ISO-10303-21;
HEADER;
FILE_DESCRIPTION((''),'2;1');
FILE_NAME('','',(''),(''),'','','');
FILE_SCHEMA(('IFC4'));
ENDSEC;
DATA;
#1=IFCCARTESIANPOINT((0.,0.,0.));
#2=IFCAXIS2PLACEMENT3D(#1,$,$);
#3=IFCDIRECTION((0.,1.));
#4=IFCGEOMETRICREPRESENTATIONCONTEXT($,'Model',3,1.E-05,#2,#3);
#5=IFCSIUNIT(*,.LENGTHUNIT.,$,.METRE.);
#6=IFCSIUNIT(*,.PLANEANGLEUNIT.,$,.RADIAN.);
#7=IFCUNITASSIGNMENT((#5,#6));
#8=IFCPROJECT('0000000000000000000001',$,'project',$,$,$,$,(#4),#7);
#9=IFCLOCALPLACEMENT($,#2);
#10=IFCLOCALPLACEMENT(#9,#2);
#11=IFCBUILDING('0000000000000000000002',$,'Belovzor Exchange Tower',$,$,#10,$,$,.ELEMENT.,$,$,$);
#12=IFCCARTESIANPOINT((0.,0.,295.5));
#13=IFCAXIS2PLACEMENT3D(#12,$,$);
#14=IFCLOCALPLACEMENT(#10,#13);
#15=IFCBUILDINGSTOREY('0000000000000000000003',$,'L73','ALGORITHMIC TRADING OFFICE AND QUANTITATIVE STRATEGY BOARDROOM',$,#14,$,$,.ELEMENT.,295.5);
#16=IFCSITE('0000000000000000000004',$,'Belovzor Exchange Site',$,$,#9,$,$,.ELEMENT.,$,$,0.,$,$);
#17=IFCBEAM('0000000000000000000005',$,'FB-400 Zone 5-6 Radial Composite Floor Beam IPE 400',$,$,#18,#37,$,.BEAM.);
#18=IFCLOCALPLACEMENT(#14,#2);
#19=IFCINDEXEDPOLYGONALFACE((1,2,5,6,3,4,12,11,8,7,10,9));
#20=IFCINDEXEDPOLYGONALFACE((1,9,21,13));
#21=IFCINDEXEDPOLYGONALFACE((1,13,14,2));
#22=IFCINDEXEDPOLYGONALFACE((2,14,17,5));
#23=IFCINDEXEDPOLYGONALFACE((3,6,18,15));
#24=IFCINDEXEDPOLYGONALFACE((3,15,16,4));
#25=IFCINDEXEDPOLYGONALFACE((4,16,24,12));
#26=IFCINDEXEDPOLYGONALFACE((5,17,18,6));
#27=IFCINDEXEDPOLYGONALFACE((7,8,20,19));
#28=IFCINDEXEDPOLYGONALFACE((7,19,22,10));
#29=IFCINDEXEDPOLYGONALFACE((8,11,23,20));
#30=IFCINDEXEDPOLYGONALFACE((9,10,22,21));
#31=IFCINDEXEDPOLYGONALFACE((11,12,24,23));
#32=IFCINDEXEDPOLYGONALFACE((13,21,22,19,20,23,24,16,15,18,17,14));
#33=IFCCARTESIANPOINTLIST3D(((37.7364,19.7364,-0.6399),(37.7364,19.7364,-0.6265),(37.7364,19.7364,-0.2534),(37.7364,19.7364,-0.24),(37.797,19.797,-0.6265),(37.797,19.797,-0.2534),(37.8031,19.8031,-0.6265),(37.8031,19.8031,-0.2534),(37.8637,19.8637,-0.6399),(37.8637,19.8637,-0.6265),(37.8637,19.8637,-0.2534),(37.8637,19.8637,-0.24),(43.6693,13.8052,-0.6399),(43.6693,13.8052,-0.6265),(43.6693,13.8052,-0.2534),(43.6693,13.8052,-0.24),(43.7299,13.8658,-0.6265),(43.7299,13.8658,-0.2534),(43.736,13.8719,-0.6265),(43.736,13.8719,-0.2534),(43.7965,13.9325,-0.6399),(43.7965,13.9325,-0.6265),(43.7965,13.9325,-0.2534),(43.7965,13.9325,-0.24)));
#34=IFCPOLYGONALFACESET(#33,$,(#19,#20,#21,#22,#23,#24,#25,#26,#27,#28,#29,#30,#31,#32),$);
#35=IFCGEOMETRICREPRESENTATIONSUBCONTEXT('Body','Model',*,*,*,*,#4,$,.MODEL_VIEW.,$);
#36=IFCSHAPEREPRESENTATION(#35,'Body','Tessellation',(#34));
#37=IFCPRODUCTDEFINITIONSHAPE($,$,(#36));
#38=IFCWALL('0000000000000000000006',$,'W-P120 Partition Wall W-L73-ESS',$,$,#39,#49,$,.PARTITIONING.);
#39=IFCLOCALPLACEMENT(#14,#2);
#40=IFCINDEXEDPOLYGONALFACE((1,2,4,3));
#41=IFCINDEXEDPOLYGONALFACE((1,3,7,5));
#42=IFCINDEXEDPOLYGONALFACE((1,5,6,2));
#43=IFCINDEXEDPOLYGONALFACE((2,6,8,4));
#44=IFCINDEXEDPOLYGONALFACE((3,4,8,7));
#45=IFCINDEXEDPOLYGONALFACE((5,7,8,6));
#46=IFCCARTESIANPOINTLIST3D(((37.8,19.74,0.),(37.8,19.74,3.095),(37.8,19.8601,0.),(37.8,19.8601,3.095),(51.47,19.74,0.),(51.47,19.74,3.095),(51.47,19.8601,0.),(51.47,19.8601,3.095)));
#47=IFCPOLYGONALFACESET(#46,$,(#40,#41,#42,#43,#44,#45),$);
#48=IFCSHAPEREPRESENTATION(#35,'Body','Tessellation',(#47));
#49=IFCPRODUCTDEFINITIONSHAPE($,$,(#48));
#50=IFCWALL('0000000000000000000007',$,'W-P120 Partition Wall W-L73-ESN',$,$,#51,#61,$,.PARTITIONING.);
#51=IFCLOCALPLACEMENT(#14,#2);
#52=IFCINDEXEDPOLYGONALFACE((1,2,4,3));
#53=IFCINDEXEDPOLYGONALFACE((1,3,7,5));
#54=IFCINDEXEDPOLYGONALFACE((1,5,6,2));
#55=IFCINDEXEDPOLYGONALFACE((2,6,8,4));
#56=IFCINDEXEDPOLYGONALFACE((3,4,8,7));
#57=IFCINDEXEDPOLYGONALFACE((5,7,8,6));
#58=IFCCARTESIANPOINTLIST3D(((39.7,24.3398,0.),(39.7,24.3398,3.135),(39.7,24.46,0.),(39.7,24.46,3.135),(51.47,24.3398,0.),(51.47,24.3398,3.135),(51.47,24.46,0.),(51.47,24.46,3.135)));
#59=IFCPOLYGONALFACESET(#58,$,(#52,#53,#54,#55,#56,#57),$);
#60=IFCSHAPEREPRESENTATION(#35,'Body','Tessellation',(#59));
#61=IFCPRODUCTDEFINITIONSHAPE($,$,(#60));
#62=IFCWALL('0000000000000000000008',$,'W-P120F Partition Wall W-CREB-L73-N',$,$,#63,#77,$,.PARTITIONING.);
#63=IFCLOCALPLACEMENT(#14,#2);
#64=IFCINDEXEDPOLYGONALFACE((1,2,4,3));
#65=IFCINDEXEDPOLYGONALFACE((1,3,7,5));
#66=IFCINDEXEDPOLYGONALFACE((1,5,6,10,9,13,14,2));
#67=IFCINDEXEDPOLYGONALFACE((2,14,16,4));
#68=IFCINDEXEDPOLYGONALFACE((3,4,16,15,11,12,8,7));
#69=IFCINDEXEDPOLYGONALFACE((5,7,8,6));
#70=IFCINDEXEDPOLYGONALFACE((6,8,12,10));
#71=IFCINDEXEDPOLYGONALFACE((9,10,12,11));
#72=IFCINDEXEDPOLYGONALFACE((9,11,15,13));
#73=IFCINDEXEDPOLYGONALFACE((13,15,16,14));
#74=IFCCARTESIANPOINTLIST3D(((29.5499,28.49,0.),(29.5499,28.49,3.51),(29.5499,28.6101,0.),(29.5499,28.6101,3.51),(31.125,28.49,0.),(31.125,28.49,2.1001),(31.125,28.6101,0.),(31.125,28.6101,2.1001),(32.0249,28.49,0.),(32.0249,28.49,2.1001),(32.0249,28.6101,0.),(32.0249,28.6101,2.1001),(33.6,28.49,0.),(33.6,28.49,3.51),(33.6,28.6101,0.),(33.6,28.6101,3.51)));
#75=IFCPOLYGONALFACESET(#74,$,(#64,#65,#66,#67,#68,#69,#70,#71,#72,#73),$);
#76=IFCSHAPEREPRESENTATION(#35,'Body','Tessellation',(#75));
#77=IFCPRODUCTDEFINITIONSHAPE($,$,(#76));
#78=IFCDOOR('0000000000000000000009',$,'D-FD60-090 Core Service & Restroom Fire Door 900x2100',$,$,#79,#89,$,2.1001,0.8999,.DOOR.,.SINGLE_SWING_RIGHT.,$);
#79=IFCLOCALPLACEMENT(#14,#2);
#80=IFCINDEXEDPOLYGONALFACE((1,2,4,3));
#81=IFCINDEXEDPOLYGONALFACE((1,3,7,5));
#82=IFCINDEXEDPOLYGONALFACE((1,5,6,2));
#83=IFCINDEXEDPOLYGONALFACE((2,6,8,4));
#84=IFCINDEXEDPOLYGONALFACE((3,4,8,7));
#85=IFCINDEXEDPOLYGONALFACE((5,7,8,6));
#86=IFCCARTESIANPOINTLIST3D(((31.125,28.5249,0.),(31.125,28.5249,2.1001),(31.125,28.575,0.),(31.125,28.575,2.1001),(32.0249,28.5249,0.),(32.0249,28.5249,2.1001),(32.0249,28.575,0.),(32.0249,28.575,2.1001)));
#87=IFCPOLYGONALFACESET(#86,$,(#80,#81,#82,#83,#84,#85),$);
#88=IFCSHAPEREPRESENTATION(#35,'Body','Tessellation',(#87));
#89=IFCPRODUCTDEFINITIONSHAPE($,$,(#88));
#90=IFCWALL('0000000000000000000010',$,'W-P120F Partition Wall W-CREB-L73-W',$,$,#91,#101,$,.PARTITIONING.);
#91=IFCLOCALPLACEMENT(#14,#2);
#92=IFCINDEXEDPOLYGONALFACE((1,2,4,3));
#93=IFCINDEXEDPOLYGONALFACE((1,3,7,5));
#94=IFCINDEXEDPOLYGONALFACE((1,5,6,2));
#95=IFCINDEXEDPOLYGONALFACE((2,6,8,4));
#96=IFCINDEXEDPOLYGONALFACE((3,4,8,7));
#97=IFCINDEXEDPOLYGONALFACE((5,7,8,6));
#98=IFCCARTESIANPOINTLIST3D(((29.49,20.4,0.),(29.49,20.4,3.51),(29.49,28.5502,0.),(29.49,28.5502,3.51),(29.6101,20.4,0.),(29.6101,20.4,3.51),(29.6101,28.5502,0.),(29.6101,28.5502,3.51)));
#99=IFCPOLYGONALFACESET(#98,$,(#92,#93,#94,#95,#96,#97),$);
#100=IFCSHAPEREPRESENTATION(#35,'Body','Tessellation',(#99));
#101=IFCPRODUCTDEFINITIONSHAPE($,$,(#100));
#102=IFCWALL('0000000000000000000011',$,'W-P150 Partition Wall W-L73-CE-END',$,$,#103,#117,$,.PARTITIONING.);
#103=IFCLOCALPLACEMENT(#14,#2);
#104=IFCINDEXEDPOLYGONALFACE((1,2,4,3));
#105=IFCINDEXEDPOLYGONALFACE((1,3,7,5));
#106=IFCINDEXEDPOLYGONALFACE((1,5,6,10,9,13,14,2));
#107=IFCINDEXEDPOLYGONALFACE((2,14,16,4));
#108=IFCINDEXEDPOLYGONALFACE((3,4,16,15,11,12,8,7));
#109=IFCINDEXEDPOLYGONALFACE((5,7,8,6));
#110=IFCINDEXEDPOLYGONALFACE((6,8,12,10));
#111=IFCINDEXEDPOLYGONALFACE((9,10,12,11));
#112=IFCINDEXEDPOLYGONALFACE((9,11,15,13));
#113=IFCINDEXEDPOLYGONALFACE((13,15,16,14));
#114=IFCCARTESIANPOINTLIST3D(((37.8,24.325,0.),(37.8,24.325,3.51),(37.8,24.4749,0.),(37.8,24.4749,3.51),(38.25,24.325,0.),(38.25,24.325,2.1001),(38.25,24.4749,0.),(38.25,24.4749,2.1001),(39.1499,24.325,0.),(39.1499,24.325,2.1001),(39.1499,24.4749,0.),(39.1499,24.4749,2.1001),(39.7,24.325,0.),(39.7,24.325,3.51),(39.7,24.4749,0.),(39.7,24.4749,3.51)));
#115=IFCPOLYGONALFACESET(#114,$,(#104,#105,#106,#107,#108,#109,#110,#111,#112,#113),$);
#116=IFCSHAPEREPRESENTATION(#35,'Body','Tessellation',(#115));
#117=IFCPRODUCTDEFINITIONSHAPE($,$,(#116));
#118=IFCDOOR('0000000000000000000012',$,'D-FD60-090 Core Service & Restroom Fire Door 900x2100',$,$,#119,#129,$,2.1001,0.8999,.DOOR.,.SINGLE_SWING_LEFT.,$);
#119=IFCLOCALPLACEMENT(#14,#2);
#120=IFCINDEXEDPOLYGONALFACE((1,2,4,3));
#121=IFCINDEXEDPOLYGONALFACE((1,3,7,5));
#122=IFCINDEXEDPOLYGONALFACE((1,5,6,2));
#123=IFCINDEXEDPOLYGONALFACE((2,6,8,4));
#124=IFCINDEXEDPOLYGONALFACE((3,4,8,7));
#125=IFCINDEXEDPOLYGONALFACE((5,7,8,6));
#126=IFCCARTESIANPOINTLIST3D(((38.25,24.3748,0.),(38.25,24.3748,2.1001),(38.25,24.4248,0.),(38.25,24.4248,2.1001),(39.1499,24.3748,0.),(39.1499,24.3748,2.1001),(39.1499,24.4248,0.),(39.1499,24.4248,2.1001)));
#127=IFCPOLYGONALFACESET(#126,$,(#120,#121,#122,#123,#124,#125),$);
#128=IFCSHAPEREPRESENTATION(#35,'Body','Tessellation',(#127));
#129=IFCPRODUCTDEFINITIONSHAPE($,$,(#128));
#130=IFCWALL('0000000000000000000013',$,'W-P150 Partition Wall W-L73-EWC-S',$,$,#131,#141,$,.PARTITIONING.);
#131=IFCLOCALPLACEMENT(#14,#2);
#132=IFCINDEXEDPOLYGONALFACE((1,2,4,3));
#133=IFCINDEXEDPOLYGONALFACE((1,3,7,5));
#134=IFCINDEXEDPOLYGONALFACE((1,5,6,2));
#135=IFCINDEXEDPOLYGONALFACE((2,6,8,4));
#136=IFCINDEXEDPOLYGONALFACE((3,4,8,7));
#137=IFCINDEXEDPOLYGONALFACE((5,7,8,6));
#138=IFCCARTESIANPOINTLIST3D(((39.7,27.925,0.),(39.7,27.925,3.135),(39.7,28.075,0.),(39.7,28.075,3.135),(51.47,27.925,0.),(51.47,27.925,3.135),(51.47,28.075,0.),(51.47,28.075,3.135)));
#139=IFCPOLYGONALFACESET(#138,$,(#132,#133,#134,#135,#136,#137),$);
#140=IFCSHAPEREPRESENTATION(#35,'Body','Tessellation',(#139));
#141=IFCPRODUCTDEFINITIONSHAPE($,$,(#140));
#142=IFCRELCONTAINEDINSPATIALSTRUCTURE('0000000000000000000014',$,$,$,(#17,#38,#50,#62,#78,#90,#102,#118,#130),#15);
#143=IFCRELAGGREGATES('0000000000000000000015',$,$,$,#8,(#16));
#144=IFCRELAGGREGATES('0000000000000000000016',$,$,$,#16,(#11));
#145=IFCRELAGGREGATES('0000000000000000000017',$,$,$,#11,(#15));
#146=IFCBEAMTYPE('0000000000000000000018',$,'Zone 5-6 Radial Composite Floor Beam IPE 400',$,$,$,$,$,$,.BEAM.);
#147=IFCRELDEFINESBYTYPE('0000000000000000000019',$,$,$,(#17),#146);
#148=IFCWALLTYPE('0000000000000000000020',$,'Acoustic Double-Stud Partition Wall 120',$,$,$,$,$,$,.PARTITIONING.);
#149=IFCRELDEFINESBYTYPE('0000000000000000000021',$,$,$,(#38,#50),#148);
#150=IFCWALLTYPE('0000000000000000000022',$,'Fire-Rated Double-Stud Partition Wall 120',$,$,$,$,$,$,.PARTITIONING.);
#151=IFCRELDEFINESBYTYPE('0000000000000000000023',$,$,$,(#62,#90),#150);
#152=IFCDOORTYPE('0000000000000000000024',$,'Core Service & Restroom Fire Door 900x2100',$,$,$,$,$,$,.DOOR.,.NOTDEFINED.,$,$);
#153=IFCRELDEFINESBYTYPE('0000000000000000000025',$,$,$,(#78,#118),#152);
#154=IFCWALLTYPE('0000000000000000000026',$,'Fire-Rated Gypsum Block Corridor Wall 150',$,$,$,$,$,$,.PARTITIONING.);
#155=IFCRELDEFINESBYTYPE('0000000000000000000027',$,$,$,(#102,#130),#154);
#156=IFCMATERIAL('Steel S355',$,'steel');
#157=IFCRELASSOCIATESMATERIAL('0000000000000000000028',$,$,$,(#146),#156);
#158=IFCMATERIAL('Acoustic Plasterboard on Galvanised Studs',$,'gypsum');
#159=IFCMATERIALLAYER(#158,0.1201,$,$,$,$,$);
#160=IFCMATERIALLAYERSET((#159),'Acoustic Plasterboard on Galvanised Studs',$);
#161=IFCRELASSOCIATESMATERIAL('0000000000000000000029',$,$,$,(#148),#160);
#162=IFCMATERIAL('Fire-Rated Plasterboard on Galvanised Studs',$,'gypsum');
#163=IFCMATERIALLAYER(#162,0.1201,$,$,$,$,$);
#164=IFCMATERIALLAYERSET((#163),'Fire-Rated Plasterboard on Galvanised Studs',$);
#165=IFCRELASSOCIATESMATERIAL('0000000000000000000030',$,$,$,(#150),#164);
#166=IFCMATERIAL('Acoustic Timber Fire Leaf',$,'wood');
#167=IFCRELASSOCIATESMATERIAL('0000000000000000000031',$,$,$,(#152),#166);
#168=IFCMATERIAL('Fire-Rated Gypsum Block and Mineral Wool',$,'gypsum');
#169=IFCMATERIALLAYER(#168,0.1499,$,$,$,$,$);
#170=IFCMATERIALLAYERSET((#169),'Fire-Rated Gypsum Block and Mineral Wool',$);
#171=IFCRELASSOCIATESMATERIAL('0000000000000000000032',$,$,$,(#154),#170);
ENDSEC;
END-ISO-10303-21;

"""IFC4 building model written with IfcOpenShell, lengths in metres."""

from ifc_helpers import new_model, si_unit, direction, frame, frame_2d, origin, origin_2d, place, context, subcontext, project, spatial, rectangle, i_section, extrude, material, layer, layer_set, material_profile, profile_set, type_object, element, fill, save


model = new_model("IFC4")

# Units and contexts
model_context = context("Model", 3, precision=1e-05, world=origin(), true_north=direction((0.0, 1.0)))
body_context = subcontext(model_context, "Body", "Model", "MODEL_VIEW")
ifc_project = project(units=[si_unit("LENGTHUNIT", "METRE"), si_unit("PLANEANGLEUNIT", "RADIAN")], contexts=[model_context])

# Site, building, storey
site_placement = place(None, origin())
site = spatial("IfcSite", under=ifc_project, at=site_placement, Name="Belovzor Exchange Site", CompositionType="ELEMENT", RefElevation=0.0)
building_placement = place(site_placement, origin())
building = spatial("IfcBuilding", under=site, at=building_placement, Name="Belovzor Exchange Tower", CompositionType="ELEMENT")
storey_placement = place(building_placement, frame((0.0, 0.0, 295.5)))
storey = spatial("IfcBuildingStorey", under=building, at=storey_placement, Name="L73", Description="ALGORITHMIC TRADING OFFICE AND QUANTITATIVE STRATEGY BOARDROOM", CompositionType="ELEMENT", Elevation=295.5)

# Beam
ifc_material_1 = material(Name="Steel S355", Category="steel")
ifc_material_profile_1 = material_profile(ifc_material_1, i_section(OverallWidth=0.1799, OverallDepth=0.3999, WebThickness=0.0085, FlangeThickness=0.0134, at=origin_2d()))
ifc_profile_set_1 = profile_set([ifc_material_profile_1], Name="Steel S355")
beam_type_1 = type_object("IfcBeamType", Name="Zone 5-6 Radial Composite Floor Beam IPE 400", PredefinedType="BEAM", material=ifc_profile_set_1)
beam_1_placement = place(storey_placement, frame((37.8, 19.8, -0.4399), z_axis=(0.707209, -0.707005, 0.0), x_axis=(0.707005, 0.707209, 0.0)))
element("IfcBeam", 1, at=beam_1_placement, inside=storey, type_object=beam_type_1, Name="FB-400 Zone 5-6 Radial Composite Floor Beam IPE 400", PredefinedType="BEAM", context=body_context, shape_type="SweptSolid", body=[
    extrude(i_section(OverallWidth=0.1799, OverallDepth=0.3999, WebThickness=0.0085, FlangeThickness=0.0134, at=origin_2d()), origin(), (0.0, 0.0, 1.0), 8.3892),
])

# Walls
ifc_material_2 = material(Name="Acoustic Plasterboard on Galvanised Studs", Category="gypsum")
ifc_layer_1 = layer(ifc_material_2, 0.1201)
ifc_layer_set_1 = layer_set([ifc_layer_1], Name="Acoustic Plasterboard on Galvanised Studs")
wall_type_1 = type_object("IfcWallType", Name="Acoustic Double-Stud Partition Wall 120", PredefinedType="PARTITIONING", material=ifc_layer_set_1)
wall_1_placement = place(storey_placement, frame((37.8, 19.8, 0.0), z_axis=(0.0, 0.0, 1.0), x_axis=(1.0, 0.0, 0.0)))
element("IfcWall", 2, at=wall_1_placement, inside=storey, type_object=wall_type_1, Name="W-P120 Partition Wall W-L73-ESS", PredefinedType="PARTITIONING", context=body_context, shape_type="SweptSolid", body=[
    extrude(rectangle(XDim=13.6699, YDim=0.1201, at=frame_2d((6.835, 0.0))), origin(), (0.0, 0.0, 1.0), 3.095),
])
wall_2_placement = place(storey_placement, frame((39.7, 24.3999, 0.0), z_axis=(0.0, 0.0, 1.0), x_axis=(1.0, 0.0, 0.0)))
element("IfcWall", 3, at=wall_2_placement, inside=storey, type_object=wall_type_1, Name="W-P120 Partition Wall W-L73-ESN", PredefinedType="PARTITIONING", context=body_context, shape_type="SweptSolid", body=[
    extrude(rectangle(XDim=11.77, YDim=0.1201, at=frame_2d((5.885, 0.0))), origin(), (0.0, 0.0, 1.0), 3.135),
])

# Wall, opening, door
ifc_material_3 = material(Name="Fire-Rated Plasterboard on Galvanised Studs", Category="gypsum")
ifc_layer_2 = layer(ifc_material_3, 0.1201)
ifc_layer_set_2 = layer_set([ifc_layer_2], Name="Fire-Rated Plasterboard on Galvanised Studs")
wall_type_2 = type_object("IfcWallType", Name="Fire-Rated Double-Stud Partition Wall 120", PredefinedType="PARTITIONING", material=ifc_layer_set_2)
wall_3_placement = place(storey_placement, frame((29.55, 28.55, 0.0), z_axis=(0.0, 0.0, 1.0), x_axis=(1.0, 0.0, 0.0)))
wall_3 = element("IfcWall", 4, at=wall_3_placement, inside=storey, type_object=wall_type_2, Name="W-P120F Partition Wall W-CREB-L73-N", PredefinedType="PARTITIONING", context=body_context, shape_type="SweptSolid", body=[
    extrude(rectangle(XDim=4.05, YDim=0.1201, at=frame_2d((2.0249, 0.0))), origin(), (0.0, 0.0, 1.0), 3.51),
])
opening_1_placement = place(wall_3_placement, frame((1.575, 0.0, 0.0)))
opening_1 = element("IfcOpeningElement", 5, at=opening_1_placement, cuts=wall_3, PredefinedType="OPENING", context=body_context, shape_type="SweptSolid", body=[
    extrude(rectangle(XDim=0.8999, YDim=2.1001, at=frame_2d((0.45, 1.05))), frame((0.0, 0.0701, 0.0), z_axis=(0.0, -1.0, 0.0), x_axis=(1.0, 0.0, 0.0)), (0.0, 0.0, 1.0), 0.1401),
])
ifc_material_4 = material(Name="Acoustic Timber Fire Leaf", Category="wood")
door_type_1 = type_object("IfcDoorType", Name="Core Service & Restroom Fire Door 900x2100", OperationType="NOTDEFINED", PredefinedType="DOOR", material=ifc_material_4)
door_1_placement = place(opening_1_placement, origin())
door_1 = element("IfcDoor", 6, at=door_1_placement, inside=storey, type_object=door_type_1, Name="D-FD60-090 Core Service & Restroom Fire Door 900x2100", OperationType="SINGLE_SWING_RIGHT", OverallHeight=2.1001, OverallWidth=0.8999, PredefinedType="DOOR", context=body_context, shape_type="SweptSolid", body=[
    extrude(rectangle(XDim=0.8999, YDim=2.1001, at=frame_2d((0.45, 1.05))), frame((0.0, 0.0249, 0.0), z_axis=(0.0, -1.0, 0.0), x_axis=(1.0, 0.0, 0.0)), (0.0, 0.0, 1.0), 0.05),
])
fill(opening_1, door_1)

# Wall
wall_4_placement = place(storey_placement, frame((29.55, 20.3999, 0.0), z_axis=(0.0, 0.0, 1.0), x_axis=(0.0, 1.0, 0.0)))
element("IfcWall", 7, at=wall_4_placement, inside=storey, type_object=wall_type_2, Name="W-P120F Partition Wall W-CREB-L73-W", PredefinedType="PARTITIONING", context=body_context, shape_type="SweptSolid", body=[
    extrude(rectangle(XDim=8.1501, YDim=0.1201, at=frame_2d((4.0752, 0.0))), origin(), (0.0, 0.0, 1.0), 3.51),
])

# Wall, opening, door
ifc_material_5 = material(Name="Fire-Rated Gypsum Block and Mineral Wool", Category="gypsum")
ifc_layer_3 = layer(ifc_material_5, 0.1499)
ifc_layer_set_3 = layer_set([ifc_layer_3], Name="Fire-Rated Gypsum Block and Mineral Wool")
wall_type_3 = type_object("IfcWallType", Name="Fire-Rated Gypsum Block Corridor Wall 150", PredefinedType="PARTITIONING", material=ifc_layer_set_3)
wall_5_placement = place(storey_placement, frame((37.8, 24.3999, 0.0), z_axis=(0.0, 0.0, 1.0), x_axis=(1.0, 0.0, 0.0)))
wall_5 = element("IfcWall", 8, at=wall_5_placement, inside=storey, type_object=wall_type_3, Name="W-P150 Partition Wall W-L73-CE-END", PredefinedType="PARTITIONING", context=body_context, shape_type="SweptSolid", body=[
    extrude(rectangle(XDim=1.8999, YDim=0.1499, at=frame_2d((0.95, 0.0))), origin(), (0.0, 0.0, 1.0), 3.51),
])
opening_2_placement = place(wall_5_placement, frame((0.45, 0.0, 0.0)))
opening_2 = element("IfcOpeningElement", 9, at=opening_2_placement, cuts=wall_5, PredefinedType="OPENING", context=body_context, shape_type="SweptSolid", body=[
    extrude(rectangle(XDim=0.8999, YDim=2.1001, at=frame_2d((0.45, 1.05))), frame((0.0, 0.085, 0.0), z_axis=(0.0, -1.0, 0.0), x_axis=(1.0, 0.0, 0.0)), (0.0, 0.0, 1.0), 0.1699),
])
door_2_placement = place(opening_2_placement, origin())
door_2 = element("IfcDoor", 10, at=door_2_placement, inside=storey, type_object=door_type_1, Name="D-FD60-090 Core Service & Restroom Fire Door 900x2100", OperationType="SINGLE_SWING_LEFT", OverallHeight=2.1001, OverallWidth=0.8999, PredefinedType="DOOR", context=body_context, shape_type="SweptSolid", body=[
    extrude(rectangle(XDim=0.8999, YDim=2.1001, at=frame_2d((0.45, 1.05))), frame((0.0, 0.0249, 0.0), z_axis=(0.0, -1.0, 0.0), x_axis=(1.0, 0.0, 0.0)), (0.0, 0.0, 1.0), 0.05),
])
fill(opening_2, door_2)

# Wall
wall_6_placement = place(storey_placement, frame((39.7, 28.0, 0.0), z_axis=(0.0, 0.0, 1.0), x_axis=(1.0, 0.0, 0.0)))
element("IfcWall", 11, at=wall_6_placement, inside=storey, type_object=wall_type_3, Name="W-P150 Partition Wall W-L73-EWC-S", PredefinedType="PARTITIONING", context=body_context, shape_type="SweptSolid", body=[
    extrude(rectangle(XDim=11.77, YDim=0.1499, at=frame_2d((5.885, 0.0))), origin(), (0.0, 0.0, 1.0), 3.135),
])

save(model, "model.ifc")
